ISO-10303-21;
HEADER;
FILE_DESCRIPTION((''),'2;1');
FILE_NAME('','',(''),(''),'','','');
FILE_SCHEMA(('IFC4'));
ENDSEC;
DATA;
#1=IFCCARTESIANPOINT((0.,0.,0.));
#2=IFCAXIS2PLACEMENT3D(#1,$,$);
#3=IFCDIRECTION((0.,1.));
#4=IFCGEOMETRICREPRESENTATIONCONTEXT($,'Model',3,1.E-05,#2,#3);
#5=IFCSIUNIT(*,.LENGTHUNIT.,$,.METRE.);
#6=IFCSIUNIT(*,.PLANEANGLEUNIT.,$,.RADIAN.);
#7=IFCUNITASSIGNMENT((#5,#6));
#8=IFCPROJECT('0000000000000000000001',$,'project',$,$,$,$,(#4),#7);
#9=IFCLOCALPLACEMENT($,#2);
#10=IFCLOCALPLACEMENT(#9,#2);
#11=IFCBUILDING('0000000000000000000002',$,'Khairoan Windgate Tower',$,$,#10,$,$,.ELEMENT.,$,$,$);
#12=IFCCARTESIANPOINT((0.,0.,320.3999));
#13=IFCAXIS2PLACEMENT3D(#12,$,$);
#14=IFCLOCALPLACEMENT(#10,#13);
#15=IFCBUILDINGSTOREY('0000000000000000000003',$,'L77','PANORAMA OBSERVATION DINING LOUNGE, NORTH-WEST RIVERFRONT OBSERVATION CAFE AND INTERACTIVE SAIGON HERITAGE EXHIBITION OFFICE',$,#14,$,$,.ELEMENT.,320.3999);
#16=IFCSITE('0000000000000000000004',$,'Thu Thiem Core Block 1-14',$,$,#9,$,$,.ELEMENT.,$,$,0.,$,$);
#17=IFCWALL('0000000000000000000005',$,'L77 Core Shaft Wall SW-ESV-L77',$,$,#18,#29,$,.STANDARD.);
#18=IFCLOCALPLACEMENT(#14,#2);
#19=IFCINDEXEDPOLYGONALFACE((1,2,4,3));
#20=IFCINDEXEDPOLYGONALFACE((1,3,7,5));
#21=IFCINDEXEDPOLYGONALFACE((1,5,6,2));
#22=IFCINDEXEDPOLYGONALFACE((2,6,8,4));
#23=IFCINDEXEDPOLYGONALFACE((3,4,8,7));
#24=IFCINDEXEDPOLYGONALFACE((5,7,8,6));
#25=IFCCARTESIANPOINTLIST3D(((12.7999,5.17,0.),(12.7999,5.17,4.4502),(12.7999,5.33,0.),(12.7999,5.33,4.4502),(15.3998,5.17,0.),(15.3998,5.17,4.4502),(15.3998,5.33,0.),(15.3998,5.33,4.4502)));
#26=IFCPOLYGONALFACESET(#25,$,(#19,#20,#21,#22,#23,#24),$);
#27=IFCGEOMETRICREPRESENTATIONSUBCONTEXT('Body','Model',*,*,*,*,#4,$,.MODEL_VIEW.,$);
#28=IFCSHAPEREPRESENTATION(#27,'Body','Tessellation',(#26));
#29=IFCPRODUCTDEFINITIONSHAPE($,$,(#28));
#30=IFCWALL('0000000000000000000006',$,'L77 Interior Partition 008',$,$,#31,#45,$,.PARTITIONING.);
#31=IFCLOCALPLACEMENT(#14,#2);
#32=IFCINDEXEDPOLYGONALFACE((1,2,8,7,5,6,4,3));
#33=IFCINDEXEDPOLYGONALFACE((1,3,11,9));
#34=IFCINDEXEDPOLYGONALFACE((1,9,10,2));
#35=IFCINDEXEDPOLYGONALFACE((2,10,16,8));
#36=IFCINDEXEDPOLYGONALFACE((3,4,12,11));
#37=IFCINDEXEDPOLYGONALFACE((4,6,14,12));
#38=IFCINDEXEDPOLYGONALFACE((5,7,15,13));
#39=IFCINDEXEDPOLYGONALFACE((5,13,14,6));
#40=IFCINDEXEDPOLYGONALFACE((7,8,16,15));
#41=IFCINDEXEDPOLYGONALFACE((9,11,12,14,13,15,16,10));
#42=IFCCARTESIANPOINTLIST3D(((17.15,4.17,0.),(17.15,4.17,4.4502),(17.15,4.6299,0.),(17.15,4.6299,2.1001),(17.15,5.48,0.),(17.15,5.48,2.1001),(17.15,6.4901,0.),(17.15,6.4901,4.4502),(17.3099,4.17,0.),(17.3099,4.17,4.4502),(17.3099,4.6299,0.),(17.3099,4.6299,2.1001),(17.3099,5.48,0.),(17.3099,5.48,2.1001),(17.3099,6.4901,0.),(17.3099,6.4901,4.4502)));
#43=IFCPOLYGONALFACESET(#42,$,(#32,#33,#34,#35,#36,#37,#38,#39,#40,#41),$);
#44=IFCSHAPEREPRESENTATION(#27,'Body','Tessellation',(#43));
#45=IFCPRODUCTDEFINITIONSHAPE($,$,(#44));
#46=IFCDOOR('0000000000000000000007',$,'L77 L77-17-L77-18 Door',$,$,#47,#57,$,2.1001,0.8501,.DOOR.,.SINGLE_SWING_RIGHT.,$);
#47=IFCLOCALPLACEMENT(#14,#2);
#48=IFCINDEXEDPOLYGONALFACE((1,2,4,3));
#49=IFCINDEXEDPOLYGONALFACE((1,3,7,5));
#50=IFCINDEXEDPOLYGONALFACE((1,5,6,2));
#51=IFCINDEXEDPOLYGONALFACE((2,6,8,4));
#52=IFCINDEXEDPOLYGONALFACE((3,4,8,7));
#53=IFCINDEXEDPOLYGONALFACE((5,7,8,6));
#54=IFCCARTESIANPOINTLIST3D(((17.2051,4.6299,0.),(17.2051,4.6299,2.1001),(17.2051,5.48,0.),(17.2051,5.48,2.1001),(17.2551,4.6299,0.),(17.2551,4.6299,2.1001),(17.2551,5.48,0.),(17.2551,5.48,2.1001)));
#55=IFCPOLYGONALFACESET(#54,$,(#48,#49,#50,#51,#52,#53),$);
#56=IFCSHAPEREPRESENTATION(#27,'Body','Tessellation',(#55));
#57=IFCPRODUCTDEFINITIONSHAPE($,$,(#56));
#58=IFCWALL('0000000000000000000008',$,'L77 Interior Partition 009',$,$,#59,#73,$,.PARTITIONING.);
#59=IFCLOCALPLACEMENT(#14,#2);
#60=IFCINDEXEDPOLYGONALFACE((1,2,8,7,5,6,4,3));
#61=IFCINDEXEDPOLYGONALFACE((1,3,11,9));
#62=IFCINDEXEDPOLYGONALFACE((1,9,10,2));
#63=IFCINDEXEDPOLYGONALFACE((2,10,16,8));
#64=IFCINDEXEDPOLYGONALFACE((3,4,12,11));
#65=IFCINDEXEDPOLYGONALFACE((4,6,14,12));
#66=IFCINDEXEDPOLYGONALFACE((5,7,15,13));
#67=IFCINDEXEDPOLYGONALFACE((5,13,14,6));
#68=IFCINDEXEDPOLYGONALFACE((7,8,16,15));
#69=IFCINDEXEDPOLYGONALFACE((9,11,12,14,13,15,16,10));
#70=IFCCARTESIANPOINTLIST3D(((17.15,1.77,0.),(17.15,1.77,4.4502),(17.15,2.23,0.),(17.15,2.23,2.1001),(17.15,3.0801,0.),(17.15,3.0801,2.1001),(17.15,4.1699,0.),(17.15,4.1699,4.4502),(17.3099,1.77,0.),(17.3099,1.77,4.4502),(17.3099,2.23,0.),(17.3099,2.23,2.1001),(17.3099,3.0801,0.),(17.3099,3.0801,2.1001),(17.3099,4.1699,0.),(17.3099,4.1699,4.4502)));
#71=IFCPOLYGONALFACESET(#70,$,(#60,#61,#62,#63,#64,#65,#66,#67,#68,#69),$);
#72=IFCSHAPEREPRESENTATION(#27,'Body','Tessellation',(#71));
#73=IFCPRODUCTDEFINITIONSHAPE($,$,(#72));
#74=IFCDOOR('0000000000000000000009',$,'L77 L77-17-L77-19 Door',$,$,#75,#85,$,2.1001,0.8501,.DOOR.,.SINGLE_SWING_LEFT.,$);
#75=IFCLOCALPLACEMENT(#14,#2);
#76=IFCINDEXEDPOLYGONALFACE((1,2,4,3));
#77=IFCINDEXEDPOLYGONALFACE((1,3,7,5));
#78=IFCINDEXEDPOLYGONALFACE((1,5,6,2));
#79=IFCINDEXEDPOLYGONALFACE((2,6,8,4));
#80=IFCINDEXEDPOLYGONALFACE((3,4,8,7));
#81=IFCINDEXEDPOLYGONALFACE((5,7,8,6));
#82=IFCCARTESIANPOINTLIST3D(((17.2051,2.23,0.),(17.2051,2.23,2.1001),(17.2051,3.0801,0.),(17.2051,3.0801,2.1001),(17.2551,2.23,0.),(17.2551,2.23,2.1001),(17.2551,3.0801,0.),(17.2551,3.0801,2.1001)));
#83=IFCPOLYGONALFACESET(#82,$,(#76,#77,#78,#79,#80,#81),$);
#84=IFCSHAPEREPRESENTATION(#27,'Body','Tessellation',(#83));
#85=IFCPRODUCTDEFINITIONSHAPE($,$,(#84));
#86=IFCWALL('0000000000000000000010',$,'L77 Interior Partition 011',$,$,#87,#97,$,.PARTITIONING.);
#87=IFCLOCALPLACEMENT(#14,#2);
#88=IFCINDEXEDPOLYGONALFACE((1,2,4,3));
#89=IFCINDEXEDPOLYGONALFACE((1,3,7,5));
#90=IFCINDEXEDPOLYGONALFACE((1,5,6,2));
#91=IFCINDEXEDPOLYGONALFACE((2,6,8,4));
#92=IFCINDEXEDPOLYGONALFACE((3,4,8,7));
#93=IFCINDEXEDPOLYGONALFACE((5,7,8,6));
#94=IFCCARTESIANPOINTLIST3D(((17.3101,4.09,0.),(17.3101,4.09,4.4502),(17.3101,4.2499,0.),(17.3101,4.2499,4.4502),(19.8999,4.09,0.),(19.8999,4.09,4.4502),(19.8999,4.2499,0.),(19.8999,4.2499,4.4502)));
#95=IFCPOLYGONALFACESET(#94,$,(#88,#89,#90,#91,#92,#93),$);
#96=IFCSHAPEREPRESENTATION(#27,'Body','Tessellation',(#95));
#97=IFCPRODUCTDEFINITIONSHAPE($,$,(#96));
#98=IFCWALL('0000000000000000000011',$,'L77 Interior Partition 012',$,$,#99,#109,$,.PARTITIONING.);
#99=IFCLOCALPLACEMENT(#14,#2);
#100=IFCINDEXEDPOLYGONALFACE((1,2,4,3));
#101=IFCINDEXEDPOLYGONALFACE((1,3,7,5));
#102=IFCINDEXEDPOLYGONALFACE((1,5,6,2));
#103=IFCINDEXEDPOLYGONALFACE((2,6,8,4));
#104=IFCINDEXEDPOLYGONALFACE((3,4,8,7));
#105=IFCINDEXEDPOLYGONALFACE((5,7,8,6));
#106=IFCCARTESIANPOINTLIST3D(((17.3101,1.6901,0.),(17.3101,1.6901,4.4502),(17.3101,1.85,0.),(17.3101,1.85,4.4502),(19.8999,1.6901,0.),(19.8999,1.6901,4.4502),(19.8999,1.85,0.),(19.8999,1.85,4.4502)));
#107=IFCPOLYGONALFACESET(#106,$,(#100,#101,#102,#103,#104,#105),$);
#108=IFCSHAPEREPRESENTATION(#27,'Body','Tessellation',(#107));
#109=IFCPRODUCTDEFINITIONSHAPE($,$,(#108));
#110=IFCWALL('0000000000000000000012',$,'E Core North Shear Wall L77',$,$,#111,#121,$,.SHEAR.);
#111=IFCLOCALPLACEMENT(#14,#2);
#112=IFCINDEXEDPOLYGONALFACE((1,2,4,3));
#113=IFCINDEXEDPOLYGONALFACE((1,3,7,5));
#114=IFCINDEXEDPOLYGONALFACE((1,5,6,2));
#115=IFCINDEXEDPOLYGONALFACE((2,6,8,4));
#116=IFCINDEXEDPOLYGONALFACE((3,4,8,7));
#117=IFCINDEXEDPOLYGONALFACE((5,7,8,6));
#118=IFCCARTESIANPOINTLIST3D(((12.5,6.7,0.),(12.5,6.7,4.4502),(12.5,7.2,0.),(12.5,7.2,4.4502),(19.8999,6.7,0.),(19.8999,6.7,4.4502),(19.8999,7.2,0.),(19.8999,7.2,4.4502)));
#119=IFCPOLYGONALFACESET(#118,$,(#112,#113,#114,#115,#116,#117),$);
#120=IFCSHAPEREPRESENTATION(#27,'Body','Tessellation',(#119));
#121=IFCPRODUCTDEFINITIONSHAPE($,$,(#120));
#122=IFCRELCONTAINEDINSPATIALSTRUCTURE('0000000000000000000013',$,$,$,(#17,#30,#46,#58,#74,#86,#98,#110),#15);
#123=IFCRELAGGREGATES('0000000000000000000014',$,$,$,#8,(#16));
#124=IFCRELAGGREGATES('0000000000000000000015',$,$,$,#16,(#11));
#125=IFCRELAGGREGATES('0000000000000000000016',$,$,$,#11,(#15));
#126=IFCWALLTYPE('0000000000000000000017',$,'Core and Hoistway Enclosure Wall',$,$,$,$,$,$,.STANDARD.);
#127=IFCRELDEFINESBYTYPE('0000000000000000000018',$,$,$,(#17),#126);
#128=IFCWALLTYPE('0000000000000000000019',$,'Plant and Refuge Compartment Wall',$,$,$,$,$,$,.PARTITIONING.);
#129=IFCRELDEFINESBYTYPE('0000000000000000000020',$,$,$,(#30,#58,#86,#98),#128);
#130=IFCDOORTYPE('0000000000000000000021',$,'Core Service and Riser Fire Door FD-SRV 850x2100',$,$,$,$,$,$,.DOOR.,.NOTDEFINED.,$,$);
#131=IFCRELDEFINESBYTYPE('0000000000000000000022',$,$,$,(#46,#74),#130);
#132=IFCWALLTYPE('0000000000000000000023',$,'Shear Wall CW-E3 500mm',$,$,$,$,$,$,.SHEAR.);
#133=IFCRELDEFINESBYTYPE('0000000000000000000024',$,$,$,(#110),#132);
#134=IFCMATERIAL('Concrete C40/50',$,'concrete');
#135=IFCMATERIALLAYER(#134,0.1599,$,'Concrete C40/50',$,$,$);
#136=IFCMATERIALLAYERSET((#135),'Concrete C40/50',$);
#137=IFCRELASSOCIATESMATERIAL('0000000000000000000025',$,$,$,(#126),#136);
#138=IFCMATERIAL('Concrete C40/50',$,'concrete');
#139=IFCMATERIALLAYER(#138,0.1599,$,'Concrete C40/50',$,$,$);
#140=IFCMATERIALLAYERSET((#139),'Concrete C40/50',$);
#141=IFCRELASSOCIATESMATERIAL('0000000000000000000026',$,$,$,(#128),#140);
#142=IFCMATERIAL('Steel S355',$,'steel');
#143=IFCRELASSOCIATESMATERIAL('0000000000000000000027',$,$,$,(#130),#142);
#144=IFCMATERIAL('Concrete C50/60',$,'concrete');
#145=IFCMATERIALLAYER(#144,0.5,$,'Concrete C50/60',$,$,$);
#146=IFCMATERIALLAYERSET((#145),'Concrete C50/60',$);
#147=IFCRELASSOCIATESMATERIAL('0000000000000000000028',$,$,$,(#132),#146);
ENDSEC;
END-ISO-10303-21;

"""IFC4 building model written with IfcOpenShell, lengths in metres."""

from ifc_helpers import new_model, si_unit, direction, frame, frame_2d, origin, place, context, subcontext, project, spatial, rectangle, extrude, material, layer, layer_set, type_object, element, fill, save


model = new_model("IFC4")

# Units and contexts
model_context = context("Model", 3, precision=1e-05, world=origin(), true_north=direction((0.0, 1.0)))
body_context = subcontext(model_context, "Body", "Model", "MODEL_VIEW")
ifc_project = project(units=[si_unit("LENGTHUNIT", "METRE"), si_unit("PLANEANGLEUNIT", "RADIAN")], contexts=[model_context])

# Site, building, storey
site_placement = place(None, origin())
site = spatial("IfcSite", under=ifc_project, at=site_placement, Name="Thu Thiem Core Block 1-14", CompositionType="ELEMENT", RefElevation=0.0)
building_placement = place(site_placement, origin())
building = spatial("IfcBuilding", under=site, at=building_placement, Name="Khairoan Windgate Tower", CompositionType="ELEMENT")
storey_placement = place(building_placement, frame((0.0, 0.0, 320.3999)))
storey = spatial("IfcBuildingStorey", under=building, at=storey_placement, Name="L77", Description="PANORAMA OBSERVATION DINING LOUNGE, NORTH-WEST RIVERFRONT OBSERVATION CAFE AND INTERACTIVE SAIGON HERITAGE EXHIBITION OFFICE", CompositionType="ELEMENT", Elevation=320.3999)

# Wall
ifc_material_1 = material(Name="Concrete C40/50", Category="concrete")
ifc_layer_1 = layer(ifc_material_1, 0.1599, Name="Concrete C40/50")
ifc_layer_set_1 = layer_set([ifc_layer_1], Name="Concrete C40/50")
wall_type_1 = type_object("IfcWallType", Name="Core and Hoistway Enclosure Wall", PredefinedType="STANDARD", material=ifc_layer_set_1)
wall_1_placement = place(storey_placement, frame((12.8, 5.25, 0.0), z_axis=(0.0, 0.0, 1.0), x_axis=(1.0, 0.0, 0.0)))
element("IfcWall", 1, at=wall_1_placement, inside=storey, type_object=wall_type_1, Name="L77 Core Shaft Wall SW-ESV-L77", PredefinedType="STANDARD", context=body_context, shape_type="SweptSolid", body=[
    extrude(rectangle(XDim=2.5999, YDim=0.1599, at=frame_2d((1.2998, 0.0))), origin(), (0.0, 0.0, 1.0), 4.4502),
])

# Walls, openings, doors
ifc_material_2 = material(Name="Concrete C40/50", Category="concrete")
ifc_layer_2 = layer(ifc_material_2, 0.1599, Name="Concrete C40/50")
ifc_layer_set_2 = layer_set([ifc_layer_2], Name="Concrete C40/50")
wall_type_2 = type_object("IfcWallType", Name="Plant and Refuge Compartment Wall", PredefinedType="PARTITIONING", material=ifc_layer_set_2)
wall_2_placement = place(storey_placement, frame((17.23, 4.1699, 0.0), z_axis=(0.0, 0.0, 1.0), x_axis=(0.0, 1.0, 0.0)))
wall_2 = element("IfcWall", 2, at=wall_2_placement, inside=storey, type_object=wall_type_2, Name="L77 Interior Partition 008", PredefinedType="PARTITIONING", context=body_context, shape_type="SweptSolid", body=[
    extrude(rectangle(XDim=2.3201, YDim=0.1599, at=frame_2d((1.1602, 0.0))), origin(), (0.0, 0.0, 1.0), 4.4502),
])
opening_1_placement = place(wall_2_placement, frame((0.46, 0.0, 0.0)))
opening_1 = element("IfcOpeningElement", 3, at=opening_1_placement, cuts=wall_2, PredefinedType="OPENING", context=body_context, shape_type="SweptSolid", body=[
    extrude(rectangle(XDim=0.8501, YDim=2.1001, at=frame_2d((0.425, 1.05))), frame((0.0, 0.0898, 0.0), z_axis=(0.0, -1.0, 0.0), x_axis=(1.0, 0.0, 0.0)), (0.0, 0.0, 1.0), 0.1799),
])
ifc_material_3 = material(Name="Steel S355", Category="steel")
door_type = type_object("IfcDoorType", Name="Core Service and Riser Fire Door FD-SRV 850x2100", OperationType="NOTDEFINED", PredefinedType="DOOR", material=ifc_material_3)
door_1_placement = place(opening_1_placement, origin())
door_1 = element("IfcDoor", 4, at=door_1_placement, inside=storey, type_object=door_type, Name="L77 L77-17-L77-18 Door", OperationType="SINGLE_SWING_RIGHT", OverallHeight=2.1001, OverallWidth=0.8501, PredefinedType="DOOR", context=body_context, shape_type="SweptSolid", body=[
    extrude(rectangle(XDim=0.8501, YDim=2.1001, at=frame_2d((0.425, 1.05))), frame((0.0, 0.0249, 0.0), z_axis=(0.0, -1.0, 0.0), x_axis=(1.0, 0.0, 0.0)), (0.0, 0.0, 1.0), 0.05),
])
fill(opening_1, door_1)
wall_3_placement = place(storey_placement, frame((17.23, 1.77, 0.0), z_axis=(0.0, 0.0, 1.0), x_axis=(0.0, 1.0, 0.0)))
wall_3 = element("IfcWall", 5, at=wall_3_placement, inside=storey, type_object=wall_type_2, Name="L77 Interior Partition 009", PredefinedType="PARTITIONING", context=body_context, shape_type="SweptSolid", body=[
    extrude(rectangle(XDim=2.3999, YDim=0.1599, at=frame_2d((1.2, 0.0))), origin(), (0.0, 0.0, 1.0), 4.4502),
])
opening_2_placement = place(wall_3_placement, frame((0.46, 0.0, 0.0)))
opening_2 = element("IfcOpeningElement", 6, at=opening_2_placement, cuts=wall_3, PredefinedType="OPENING", context=body_context, shape_type="SweptSolid", body=[
    extrude(rectangle(XDim=0.8501, YDim=2.1001, at=frame_2d((0.425, 1.05))), frame((0.0, 0.0898, 0.0), z_axis=(0.0, -1.0, 0.0), x_axis=(1.0, 0.0, 0.0)), (0.0, 0.0, 1.0), 0.1799),
])
door_2_placement = place(opening_2_placement, origin())
door_2 = element("IfcDoor", 7, at=door_2_placement, inside=storey, type_object=door_type, Name="L77 L77-17-L77-19 Door", OperationType="SINGLE_SWING_LEFT", OverallHeight=2.1001, OverallWidth=0.8501, PredefinedType="DOOR", context=body_context, shape_type="SweptSolid", body=[
    extrude(rectangle(XDim=0.8501, YDim=2.1001, at=frame_2d((0.425, 1.05))), frame((0.0, 0.0249, 0.0), z_axis=(0.0, -1.0, 0.0), x_axis=(1.0, 0.0, 0.0)), (0.0, 0.0, 1.0), 0.05),
])
fill(opening_2, door_2)

# Walls
for number, where, z_axis, x_axis, name in (
    (8, (17.3101, 4.1699, 0.0), (0.0, 0.0, 1.0), (1.0, 0.0, 0.0), "L77 Interior Partition 011"),
    (9, (17.3101, 1.77, 0.0), (0.0, 0.0, 1.0), (1.0, 0.0, 0.0), "L77 Interior Partition 012"),
):
    element("IfcWall", number, at=place(storey_placement, frame(where, z_axis=z_axis, x_axis=x_axis)), inside=storey, type_object=wall_type_2, Name=name, PredefinedType="PARTITIONING", context=body_context, shape_type="SweptSolid", body=[
        extrude(rectangle(XDim=2.5898, YDim=0.1599, at=frame_2d((1.2949, 0.0))), origin(), (0.0, 0.0, 1.0), 4.4502),
    ])
ifc_material_4 = material(Name="Concrete C50/60", Category="concrete")
ifc_layer_3 = layer(ifc_material_4, 0.5, Name="Concrete C50/60")
ifc_layer_set_3 = layer_set([ifc_layer_3], Name="Concrete C50/60")
wall_type_3 = type_object("IfcWallType", Name="Shear Wall CW-E3 500mm", PredefinedType="SHEAR", material=ifc_layer_set_3)
wall_4_placement = place(storey_placement, frame((12.5, 6.95, 0.0), z_axis=(0.0, 0.0, 1.0), x_axis=(1.0, 0.0, 0.0)))
element("IfcWall", 10, at=wall_4_placement, inside=storey, type_object=wall_type_3, Name="E Core North Shear Wall L77", PredefinedType="SHEAR", context=body_context, shape_type="SweptSolid", body=[
    extrude(rectangle(XDim=7.3999, YDim=0.5, at=frame_2d((3.7, 0.0))), origin(), (0.0, 0.0, 1.0), 4.4502),
])

save(model, "model.ifc")
